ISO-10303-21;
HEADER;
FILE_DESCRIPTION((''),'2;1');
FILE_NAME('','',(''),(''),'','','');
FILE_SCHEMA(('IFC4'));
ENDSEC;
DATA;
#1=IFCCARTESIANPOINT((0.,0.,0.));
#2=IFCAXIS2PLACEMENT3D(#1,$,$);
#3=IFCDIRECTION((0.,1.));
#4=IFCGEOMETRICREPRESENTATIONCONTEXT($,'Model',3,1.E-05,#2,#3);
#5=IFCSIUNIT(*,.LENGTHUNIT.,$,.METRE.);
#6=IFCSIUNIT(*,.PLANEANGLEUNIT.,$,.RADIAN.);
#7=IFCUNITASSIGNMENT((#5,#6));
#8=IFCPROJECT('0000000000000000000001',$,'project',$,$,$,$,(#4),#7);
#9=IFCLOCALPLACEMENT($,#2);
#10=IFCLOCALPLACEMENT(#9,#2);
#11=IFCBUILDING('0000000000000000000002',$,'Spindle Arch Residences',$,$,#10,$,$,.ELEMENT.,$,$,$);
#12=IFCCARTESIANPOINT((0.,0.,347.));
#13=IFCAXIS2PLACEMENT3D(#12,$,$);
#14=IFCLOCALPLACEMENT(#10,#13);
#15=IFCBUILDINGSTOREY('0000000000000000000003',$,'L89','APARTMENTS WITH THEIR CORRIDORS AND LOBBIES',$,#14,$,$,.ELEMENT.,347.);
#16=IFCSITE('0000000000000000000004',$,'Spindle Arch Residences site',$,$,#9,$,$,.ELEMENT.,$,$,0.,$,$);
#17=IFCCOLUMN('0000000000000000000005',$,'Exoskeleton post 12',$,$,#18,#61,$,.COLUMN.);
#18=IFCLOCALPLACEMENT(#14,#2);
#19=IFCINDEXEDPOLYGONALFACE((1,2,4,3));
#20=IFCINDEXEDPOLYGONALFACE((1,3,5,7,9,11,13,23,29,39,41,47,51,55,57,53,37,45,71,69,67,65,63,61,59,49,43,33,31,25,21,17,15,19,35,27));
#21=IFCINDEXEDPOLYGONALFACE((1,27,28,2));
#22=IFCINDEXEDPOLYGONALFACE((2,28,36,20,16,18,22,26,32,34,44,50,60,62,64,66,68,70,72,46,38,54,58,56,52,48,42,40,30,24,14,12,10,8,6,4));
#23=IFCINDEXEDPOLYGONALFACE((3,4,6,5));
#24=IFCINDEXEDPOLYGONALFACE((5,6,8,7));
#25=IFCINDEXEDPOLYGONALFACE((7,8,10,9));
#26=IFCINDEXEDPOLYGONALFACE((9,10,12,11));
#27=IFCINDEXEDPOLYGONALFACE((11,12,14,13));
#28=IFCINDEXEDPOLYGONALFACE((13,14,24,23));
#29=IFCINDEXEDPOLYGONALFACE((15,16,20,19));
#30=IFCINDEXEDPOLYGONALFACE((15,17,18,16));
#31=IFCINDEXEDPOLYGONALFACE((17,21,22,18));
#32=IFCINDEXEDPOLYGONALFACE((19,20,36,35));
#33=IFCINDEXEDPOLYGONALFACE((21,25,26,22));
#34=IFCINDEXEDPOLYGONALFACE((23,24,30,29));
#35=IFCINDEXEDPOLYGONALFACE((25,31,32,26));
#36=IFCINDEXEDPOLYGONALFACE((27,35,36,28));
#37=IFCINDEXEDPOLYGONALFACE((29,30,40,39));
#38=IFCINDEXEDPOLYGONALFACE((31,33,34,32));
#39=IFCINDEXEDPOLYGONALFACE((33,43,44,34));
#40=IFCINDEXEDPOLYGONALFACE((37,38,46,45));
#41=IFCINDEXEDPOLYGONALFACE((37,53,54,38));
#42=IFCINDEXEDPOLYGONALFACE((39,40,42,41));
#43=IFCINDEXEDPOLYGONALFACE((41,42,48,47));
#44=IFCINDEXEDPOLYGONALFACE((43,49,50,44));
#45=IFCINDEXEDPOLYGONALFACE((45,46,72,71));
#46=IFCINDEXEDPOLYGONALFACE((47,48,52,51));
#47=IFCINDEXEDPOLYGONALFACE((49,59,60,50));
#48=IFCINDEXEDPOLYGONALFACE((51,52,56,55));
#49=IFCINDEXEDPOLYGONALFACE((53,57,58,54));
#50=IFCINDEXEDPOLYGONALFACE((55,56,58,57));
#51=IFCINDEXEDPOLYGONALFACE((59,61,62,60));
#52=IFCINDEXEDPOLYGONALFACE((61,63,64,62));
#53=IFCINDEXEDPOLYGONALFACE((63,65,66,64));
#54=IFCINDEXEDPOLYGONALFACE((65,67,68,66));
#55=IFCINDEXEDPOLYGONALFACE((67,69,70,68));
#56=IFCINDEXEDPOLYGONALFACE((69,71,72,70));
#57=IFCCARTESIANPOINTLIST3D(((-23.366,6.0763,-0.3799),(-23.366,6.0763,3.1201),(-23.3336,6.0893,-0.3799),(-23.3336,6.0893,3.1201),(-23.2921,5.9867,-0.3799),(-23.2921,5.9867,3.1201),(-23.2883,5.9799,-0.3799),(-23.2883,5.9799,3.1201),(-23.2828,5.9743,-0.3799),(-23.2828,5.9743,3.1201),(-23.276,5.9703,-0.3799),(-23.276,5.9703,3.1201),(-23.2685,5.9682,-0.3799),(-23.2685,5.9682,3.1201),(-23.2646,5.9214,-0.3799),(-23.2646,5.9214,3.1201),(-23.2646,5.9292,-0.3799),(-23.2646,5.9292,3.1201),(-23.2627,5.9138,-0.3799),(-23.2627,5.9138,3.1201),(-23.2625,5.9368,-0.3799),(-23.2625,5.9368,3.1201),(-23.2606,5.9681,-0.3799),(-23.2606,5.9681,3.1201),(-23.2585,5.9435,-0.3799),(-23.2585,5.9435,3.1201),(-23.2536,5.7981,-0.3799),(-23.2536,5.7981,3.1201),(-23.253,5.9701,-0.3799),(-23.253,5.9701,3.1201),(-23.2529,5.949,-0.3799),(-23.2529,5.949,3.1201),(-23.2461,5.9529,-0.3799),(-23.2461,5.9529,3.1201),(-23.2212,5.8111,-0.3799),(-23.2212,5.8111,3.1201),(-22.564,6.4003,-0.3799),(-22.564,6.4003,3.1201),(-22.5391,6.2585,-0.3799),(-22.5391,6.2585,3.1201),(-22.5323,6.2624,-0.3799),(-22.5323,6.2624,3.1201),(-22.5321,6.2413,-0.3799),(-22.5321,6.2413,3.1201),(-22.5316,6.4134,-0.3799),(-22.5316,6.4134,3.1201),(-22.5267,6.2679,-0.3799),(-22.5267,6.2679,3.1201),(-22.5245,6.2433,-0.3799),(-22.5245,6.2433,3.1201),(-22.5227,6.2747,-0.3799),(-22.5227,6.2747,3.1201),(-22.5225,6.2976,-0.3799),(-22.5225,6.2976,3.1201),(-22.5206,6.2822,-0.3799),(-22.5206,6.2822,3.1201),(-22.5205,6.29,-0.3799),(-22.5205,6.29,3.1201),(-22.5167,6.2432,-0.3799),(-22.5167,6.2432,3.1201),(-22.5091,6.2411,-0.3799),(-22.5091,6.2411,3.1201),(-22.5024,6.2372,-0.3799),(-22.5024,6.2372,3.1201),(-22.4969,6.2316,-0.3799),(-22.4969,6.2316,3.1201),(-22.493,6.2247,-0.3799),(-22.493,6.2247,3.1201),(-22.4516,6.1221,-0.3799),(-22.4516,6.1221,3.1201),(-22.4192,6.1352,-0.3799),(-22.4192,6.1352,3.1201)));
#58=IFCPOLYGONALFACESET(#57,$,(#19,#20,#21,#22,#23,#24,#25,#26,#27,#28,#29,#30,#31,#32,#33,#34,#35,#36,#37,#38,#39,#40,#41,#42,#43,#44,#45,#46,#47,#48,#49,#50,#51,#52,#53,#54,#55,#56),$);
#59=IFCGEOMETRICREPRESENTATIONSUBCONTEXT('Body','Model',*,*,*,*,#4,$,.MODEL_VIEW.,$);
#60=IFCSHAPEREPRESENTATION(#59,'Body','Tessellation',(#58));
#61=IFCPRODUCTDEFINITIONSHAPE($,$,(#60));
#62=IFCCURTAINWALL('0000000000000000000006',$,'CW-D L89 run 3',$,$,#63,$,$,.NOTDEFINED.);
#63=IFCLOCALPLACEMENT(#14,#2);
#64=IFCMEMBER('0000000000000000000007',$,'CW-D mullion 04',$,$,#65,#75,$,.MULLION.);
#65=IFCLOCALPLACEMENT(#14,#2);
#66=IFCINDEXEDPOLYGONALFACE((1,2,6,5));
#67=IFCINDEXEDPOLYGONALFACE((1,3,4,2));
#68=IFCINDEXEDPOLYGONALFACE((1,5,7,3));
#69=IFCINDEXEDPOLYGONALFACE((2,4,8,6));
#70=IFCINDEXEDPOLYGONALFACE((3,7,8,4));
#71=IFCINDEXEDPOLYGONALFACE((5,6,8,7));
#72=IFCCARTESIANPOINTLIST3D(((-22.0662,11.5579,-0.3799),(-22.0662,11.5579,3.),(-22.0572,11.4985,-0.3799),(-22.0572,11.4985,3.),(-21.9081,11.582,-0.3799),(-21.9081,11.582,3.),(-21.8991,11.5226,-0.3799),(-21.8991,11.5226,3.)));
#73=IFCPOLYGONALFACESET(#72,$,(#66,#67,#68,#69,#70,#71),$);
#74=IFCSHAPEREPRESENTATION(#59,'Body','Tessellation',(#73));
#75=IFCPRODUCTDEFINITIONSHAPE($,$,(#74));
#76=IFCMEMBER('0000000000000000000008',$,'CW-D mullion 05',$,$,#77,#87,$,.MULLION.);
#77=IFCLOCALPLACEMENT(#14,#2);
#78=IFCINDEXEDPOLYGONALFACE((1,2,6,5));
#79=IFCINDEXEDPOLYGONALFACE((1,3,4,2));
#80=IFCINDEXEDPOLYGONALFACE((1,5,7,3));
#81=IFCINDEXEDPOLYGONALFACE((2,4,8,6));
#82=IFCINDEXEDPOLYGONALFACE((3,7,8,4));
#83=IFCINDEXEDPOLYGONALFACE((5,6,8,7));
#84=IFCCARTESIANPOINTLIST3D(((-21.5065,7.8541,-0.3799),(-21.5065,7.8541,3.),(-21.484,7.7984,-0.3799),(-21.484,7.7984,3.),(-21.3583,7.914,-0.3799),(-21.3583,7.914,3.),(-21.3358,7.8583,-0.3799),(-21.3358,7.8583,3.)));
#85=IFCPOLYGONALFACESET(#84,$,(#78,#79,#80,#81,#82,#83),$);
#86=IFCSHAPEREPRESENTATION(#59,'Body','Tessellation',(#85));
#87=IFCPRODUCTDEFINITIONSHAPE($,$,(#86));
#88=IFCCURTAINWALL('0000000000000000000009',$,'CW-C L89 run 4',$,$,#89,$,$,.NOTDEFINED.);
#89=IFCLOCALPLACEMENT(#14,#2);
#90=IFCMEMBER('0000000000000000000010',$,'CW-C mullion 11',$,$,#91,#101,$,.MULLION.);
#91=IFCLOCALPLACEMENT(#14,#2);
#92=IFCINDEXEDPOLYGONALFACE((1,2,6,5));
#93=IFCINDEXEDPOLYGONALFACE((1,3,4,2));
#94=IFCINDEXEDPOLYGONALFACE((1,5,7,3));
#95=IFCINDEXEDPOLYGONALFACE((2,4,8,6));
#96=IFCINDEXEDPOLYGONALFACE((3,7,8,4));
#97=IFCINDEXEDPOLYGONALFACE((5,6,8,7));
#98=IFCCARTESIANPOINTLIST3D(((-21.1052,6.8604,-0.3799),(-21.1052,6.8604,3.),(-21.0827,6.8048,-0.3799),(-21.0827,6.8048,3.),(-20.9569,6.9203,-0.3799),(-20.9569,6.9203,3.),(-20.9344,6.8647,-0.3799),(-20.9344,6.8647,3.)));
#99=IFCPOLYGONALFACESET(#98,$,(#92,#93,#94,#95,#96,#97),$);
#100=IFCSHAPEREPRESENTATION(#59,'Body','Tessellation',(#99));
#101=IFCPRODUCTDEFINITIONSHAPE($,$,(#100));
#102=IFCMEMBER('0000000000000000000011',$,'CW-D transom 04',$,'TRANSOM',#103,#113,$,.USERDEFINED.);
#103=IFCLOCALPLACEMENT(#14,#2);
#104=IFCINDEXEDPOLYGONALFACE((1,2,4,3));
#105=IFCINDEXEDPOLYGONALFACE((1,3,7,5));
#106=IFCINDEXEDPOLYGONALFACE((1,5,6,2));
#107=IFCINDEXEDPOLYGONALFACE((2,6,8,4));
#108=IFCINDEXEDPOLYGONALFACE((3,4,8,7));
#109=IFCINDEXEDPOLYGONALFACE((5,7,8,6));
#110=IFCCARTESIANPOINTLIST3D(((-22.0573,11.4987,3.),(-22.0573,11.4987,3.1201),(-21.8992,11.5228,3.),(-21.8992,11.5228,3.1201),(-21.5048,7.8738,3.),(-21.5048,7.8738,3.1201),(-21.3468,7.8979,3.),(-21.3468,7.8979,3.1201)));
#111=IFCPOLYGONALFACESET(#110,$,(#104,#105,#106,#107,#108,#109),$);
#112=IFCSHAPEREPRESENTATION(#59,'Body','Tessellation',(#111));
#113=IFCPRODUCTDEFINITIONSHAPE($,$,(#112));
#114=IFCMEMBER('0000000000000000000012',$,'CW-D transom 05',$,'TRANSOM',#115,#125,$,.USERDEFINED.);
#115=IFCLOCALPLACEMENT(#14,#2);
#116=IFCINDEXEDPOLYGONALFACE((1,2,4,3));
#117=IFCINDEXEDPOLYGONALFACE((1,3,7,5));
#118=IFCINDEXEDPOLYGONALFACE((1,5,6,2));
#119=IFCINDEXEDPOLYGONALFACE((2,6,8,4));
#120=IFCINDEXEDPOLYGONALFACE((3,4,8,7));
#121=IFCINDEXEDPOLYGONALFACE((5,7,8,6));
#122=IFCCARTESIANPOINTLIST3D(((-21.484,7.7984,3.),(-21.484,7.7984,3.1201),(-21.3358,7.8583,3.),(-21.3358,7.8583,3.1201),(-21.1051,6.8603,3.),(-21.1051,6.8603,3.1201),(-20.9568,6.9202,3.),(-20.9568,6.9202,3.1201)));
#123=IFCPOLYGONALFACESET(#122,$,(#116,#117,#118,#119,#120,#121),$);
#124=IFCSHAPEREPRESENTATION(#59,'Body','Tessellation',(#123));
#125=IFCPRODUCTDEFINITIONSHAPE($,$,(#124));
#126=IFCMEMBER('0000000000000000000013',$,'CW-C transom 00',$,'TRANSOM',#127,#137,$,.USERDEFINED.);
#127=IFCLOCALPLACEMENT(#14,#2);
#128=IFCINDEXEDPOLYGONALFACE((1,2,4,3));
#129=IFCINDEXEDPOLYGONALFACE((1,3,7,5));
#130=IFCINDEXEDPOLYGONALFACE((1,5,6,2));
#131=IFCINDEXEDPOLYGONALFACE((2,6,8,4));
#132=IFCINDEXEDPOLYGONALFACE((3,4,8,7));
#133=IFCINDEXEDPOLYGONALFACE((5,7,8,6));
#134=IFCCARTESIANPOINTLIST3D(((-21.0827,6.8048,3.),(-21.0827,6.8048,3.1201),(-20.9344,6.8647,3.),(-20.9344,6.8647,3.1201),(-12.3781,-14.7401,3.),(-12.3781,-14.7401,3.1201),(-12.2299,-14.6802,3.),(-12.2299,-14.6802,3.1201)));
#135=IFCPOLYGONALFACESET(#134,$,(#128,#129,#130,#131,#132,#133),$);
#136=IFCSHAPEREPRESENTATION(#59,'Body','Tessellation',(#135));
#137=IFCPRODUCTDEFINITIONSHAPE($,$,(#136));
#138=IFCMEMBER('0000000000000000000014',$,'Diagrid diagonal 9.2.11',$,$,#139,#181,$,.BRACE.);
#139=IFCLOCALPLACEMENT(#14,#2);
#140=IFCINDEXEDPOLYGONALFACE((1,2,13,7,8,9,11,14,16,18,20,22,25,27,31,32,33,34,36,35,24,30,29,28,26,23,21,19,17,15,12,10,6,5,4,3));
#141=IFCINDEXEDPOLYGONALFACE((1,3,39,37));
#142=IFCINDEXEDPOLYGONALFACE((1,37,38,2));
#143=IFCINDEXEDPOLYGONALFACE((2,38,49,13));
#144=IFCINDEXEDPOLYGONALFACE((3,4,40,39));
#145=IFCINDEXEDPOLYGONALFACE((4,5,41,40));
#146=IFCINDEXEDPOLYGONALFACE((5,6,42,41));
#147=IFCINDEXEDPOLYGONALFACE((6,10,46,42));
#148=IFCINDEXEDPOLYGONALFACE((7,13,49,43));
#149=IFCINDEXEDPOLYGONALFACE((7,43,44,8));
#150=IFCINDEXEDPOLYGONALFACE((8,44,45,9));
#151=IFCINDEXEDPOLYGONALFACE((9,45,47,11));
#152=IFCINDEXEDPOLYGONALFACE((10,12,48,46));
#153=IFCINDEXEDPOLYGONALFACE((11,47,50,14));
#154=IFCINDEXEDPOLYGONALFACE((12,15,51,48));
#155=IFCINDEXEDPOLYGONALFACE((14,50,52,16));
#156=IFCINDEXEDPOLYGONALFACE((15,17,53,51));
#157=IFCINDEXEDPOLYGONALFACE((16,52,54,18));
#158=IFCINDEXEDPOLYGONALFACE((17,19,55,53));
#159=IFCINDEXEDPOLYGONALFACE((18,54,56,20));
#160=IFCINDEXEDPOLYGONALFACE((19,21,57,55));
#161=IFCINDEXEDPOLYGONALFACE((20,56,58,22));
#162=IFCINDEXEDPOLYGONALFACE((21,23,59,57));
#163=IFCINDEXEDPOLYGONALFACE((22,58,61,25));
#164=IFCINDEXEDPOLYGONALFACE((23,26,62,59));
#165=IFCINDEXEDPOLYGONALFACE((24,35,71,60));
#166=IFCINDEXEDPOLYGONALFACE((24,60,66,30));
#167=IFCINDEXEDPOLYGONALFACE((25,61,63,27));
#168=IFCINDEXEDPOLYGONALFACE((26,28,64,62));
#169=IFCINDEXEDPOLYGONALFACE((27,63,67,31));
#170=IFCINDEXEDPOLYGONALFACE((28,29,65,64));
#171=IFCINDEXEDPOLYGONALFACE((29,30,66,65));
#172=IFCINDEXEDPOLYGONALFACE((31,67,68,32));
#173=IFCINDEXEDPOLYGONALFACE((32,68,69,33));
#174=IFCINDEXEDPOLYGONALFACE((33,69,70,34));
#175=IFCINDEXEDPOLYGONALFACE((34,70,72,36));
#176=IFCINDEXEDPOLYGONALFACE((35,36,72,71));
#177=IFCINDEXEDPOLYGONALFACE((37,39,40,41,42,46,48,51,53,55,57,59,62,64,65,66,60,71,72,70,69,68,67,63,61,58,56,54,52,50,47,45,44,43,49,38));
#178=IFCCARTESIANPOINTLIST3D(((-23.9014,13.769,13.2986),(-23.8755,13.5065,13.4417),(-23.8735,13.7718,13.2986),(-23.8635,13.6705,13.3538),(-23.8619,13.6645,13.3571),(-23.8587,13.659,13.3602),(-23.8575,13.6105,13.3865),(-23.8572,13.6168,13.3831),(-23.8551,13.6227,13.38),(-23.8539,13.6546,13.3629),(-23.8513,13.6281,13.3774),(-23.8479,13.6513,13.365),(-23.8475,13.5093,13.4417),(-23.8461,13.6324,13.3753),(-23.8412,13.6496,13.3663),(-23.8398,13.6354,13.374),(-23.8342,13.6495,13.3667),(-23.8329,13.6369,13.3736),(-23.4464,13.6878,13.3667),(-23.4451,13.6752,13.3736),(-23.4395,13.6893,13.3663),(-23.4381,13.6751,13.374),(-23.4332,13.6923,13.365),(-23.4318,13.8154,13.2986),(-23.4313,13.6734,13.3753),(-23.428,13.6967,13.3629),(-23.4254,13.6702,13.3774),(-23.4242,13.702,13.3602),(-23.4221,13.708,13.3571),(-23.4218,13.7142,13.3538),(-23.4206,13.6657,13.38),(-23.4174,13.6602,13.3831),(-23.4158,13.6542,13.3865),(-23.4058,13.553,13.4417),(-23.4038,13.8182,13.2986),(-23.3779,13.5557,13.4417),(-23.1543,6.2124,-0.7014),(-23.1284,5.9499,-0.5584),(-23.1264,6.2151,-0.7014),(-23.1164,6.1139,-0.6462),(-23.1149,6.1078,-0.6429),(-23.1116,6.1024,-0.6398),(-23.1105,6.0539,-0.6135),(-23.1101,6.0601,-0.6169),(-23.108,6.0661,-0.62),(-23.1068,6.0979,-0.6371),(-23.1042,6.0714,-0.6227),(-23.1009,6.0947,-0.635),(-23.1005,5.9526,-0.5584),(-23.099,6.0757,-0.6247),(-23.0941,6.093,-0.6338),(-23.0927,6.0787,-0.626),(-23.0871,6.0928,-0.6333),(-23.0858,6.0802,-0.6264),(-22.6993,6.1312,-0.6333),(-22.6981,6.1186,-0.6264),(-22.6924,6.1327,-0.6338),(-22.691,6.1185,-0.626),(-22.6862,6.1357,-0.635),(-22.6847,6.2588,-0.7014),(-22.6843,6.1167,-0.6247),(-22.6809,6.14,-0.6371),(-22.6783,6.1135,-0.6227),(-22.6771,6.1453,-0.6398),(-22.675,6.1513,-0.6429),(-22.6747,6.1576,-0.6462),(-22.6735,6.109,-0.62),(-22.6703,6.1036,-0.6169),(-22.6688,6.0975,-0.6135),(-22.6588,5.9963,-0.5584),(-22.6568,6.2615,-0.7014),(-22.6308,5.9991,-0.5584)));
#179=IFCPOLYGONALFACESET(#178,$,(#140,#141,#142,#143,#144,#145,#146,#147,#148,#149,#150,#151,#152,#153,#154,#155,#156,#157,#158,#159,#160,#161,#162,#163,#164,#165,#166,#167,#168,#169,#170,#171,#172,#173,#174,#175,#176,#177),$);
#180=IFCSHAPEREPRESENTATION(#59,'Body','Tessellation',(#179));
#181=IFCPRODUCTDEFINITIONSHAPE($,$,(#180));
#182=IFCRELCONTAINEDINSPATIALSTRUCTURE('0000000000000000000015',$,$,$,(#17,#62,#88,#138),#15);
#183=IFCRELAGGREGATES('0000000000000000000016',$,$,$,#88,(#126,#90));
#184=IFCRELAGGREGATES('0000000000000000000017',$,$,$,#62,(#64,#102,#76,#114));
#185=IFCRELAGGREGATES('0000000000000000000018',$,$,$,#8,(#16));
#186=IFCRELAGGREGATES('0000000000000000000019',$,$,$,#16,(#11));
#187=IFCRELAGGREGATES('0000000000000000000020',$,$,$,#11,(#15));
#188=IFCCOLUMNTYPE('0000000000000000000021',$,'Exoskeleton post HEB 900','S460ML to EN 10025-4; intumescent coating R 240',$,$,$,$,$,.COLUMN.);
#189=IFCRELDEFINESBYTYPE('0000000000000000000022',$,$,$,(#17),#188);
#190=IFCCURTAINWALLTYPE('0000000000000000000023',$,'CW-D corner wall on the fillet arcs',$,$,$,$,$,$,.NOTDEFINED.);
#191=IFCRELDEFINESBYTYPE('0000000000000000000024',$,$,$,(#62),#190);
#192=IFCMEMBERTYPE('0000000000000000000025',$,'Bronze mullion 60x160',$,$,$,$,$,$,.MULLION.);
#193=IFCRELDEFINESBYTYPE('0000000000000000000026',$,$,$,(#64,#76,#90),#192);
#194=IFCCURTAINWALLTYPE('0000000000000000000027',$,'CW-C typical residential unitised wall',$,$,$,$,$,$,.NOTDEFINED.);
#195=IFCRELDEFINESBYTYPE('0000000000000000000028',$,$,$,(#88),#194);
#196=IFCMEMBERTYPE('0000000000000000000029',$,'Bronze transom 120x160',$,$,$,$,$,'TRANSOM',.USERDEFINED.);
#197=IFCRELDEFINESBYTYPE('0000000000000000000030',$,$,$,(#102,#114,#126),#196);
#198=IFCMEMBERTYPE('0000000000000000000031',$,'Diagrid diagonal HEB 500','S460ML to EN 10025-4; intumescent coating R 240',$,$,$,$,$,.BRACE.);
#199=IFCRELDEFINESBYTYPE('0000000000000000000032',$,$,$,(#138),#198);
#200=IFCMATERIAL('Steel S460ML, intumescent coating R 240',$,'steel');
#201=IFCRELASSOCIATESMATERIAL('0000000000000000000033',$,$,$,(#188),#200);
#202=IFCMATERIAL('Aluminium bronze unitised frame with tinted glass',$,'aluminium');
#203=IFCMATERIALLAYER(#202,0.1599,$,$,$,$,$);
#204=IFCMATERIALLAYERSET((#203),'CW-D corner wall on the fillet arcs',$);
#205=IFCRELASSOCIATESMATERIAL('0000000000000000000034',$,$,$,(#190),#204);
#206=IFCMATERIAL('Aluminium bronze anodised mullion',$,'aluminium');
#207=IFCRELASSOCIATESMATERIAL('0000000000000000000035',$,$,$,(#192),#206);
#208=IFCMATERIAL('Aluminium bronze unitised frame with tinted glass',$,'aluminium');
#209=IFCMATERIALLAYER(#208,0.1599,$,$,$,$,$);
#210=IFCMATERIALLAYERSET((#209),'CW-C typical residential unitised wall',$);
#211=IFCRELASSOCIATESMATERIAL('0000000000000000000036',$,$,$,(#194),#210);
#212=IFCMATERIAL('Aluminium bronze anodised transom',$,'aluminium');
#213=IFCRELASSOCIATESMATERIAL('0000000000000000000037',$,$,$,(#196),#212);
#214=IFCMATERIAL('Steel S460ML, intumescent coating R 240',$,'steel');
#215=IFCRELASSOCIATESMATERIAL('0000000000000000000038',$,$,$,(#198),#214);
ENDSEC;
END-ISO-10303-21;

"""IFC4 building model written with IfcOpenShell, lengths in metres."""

from ifc_helpers import new_model, si_unit, direction, frame, origin, origin_2d, place, context, subcontext, project, spatial, rectangle, i_section, extrude, material, layer, layer_set, material_profile, profile_set, type_object, element, aggregate, save


model = new_model("IFC4")

# Units and contexts
model_context = context("Model", 3, precision=1e-05, world=origin(), true_north=direction((0.0, 1.0)))
body_context = subcontext(model_context, "Body", "Model", "MODEL_VIEW")
ifc_project = project(units=[si_unit("LENGTHUNIT", "METRE"), si_unit("PLANEANGLEUNIT", "RADIAN")], contexts=[model_context])

# Site, building, storey
site_placement = place(None, origin())
site = spatial("IfcSite", under=ifc_project, at=site_placement, Name="Spindle Arch Residences site", CompositionType="ELEMENT", RefElevation=0.0)
building_placement = place(site_placement, origin())
building = spatial("IfcBuilding", under=site, at=building_placement, Name="Spindle Arch Residences", CompositionType="ELEMENT")
storey_placement = place(building_placement, frame((0.0, 0.0, 347.0)))
storey = spatial("IfcBuildingStorey", under=building, at=storey_placement, Name="L89", Description="APARTMENTS WITH THEIR CORRIDORS AND LOBBIES", CompositionType="ELEMENT", Elevation=347.0)

# Column
ifc_material_1 = material(Name="Steel S460ML, intumescent coating R 240", Category="steel")
ifc_material_profile_1 = material_profile(ifc_material_1, i_section(OverallWidth=0.3, OverallDepth=0.8999, WebThickness=0.0186, FlangeThickness=0.0349, FilletRadius=0.03, at=origin_2d()), Name="HEB 900")
ifc_profile_set_1 = profile_set([ifc_material_profile_1], Name="Steel S460ML, intumescent coating R 240")
column_type = type_object("IfcColumnType", Name="Exoskeleton post HEB 900", Description="S460ML to EN 10025-4; intumescent coating R 240", PredefinedType="COLUMN", material=ifc_profile_set_1)
column_placement = place(storey_placement, frame((-22.8926, 6.1057, -0.3799), z_axis=(0.0, 0.0, 1.0), x_axis=(-0.374607, 0.927184, 0.0)))
element("IfcColumn", 1, at=column_placement, inside=storey, type_object=column_type, Name="Exoskeleton post 12", PredefinedType="COLUMN", context=body_context, shape_type="SweptSolid", body=[
    extrude(i_section(OverallWidth=0.3, OverallDepth=0.8999, WebThickness=0.0186, FlangeThickness=0.0349, FilletRadius=0.03, at=origin_2d()), origin(), (0.0, 0.0, 1.0), 3.5),
])

# Curtain wall, members
ifc_material_2 = material(Name="Aluminium bronze unitised frame with tinted glass", Category="aluminium")
ifc_layer_1 = layer(ifc_material_2, 0.1599)
ifc_layer_set_1 = layer_set([ifc_layer_1], Name="CW-D corner wall on the fillet arcs")
curtain_wall_type_1 = type_object("IfcCurtainWallType", Name="CW-D corner wall on the fillet arcs", PredefinedType="NOTDEFINED", material=ifc_layer_set_1)
curtain_wall_1_placement = place(storey_placement, origin())
curtain_wall_1 = element("IfcCurtainWall", 2, at=curtain_wall_1_placement, inside=storey, type_object=curtain_wall_type_1, Name="CW-D L89 run 3", PredefinedType="NOTDEFINED")
ifc_material_3 = material(Name="Aluminium bronze anodised mullion", Category="aluminium")
ifc_material_profile_2 = material_profile(ifc_material_3, rectangle(XDim=0.1599, YDim=0.0601, at=origin_2d()), Name="MU 60x160")
ifc_profile_set_2 = profile_set([ifc_material_profile_2], Name="Aluminium bronze anodised mullion")
member_type_1 = type_object("IfcMemberType", Name="Bronze mullion 60x160", PredefinedType="MULLION", material=ifc_profile_set_2)
member_1_placement = place(storey_placement, frame((-21.9827, 11.5403, -0.3799), z_axis=(0.0, 0.0, 1.0), x_axis=(0.988582, 0.150686, 0.0)))
member_1 = element("IfcMember", 3, at=member_1_placement, type_object=member_type_1, Name="CW-D mullion 04", PredefinedType="MULLION", context=body_context, shape_type="SweptSolid", body=[
    extrude(rectangle(XDim=0.1599, YDim=0.0601, at=origin_2d()), origin(), (0.0, 0.0, 1.0), 3.3799),
])
member_2_placement = place(storey_placement, frame((-21.4211, 7.8562, -0.3799), z_axis=(0.0, 0.0, 1.0), x_axis=(0.927184, 0.374607, 0.0)))
member_2 = element("IfcMember", 4, at=member_2_placement, type_object=member_type_1, Name="CW-D mullion 05", PredefinedType="MULLION", context=body_context, shape_type="SweptSolid", body=[
    extrude(rectangle(XDim=0.1599, YDim=0.0601, at=origin_2d()), origin(), (0.0, 0.0, 1.0), 3.3799),
])

# Curtain wall, member
ifc_material_4 = material(Name="Aluminium bronze unitised frame with tinted glass", Category="aluminium")
ifc_layer_2 = layer(ifc_material_4, 0.1599)
ifc_layer_set_2 = layer_set([ifc_layer_2], Name="CW-C typical residential unitised wall")
curtain_wall_type_2 = type_object("IfcCurtainWallType", Name="CW-C typical residential unitised wall", PredefinedType="NOTDEFINED", material=ifc_layer_set_2)
curtain_wall_2_placement = place(storey_placement, origin())
curtain_wall_2 = element("IfcCurtainWall", 5, at=curtain_wall_2_placement, inside=storey, type_object=curtain_wall_type_2, Name="CW-C L89 run 4", PredefinedType="NOTDEFINED")
member_3_placement = place(storey_placement, frame((-21.0198, 6.8625, -0.3799), z_axis=(0.0, 0.0, 1.0), x_axis=(0.927184, 0.374607, 0.0)))
member_3 = element("IfcMember", 6, at=member_3_placement, type_object=member_type_1, Name="CW-C mullion 11", PredefinedType="MULLION", context=body_context, shape_type="SweptSolid", body=[
    extrude(rectangle(XDim=0.1599, YDim=0.0601, at=origin_2d()), origin(), (0.0, 0.0, 1.0), 3.3799),
])

# Members
ifc_material_5 = material(Name="Aluminium bronze anodised transom", Category="aluminium")
ifc_material_profile_3 = material_profile(ifc_material_5, rectangle(XDim=0.1599, YDim=0.1201, at=origin_2d()), Name="TR 120x160")
ifc_profile_set_3 = profile_set([ifc_material_profile_3], Name="Aluminium bronze anodised transom")
member_type_2 = type_object("IfcMemberType", Name="Bronze transom 120x160", ElementType="TRANSOM", PredefinedType="USERDEFINED", material=ifc_profile_set_3)
member_4_placement = place(storey_placement, frame((-21.9783, 11.5107, 3.0601), z_axis=(0.150671, -0.988584, 0.0), x_axis=(0.988584, 0.150671, 0.0)))
member_4 = element("IfcMember", 7, at=member_4_placement, type_object=member_type_2, Name="CW-D transom 04", ObjectType="TRANSOM", PredefinedType="USERDEFINED", context=body_context, shape_type="SweptSolid", body=[
    extrude(rectangle(XDim=0.1599, YDim=0.1201, at=origin_2d()), origin(), (0.0, 0.0, 1.0), 3.6667),
])
member_5_placement = place(storey_placement, frame((-21.4099, 7.8284, 3.0601), z_axis=(0.374551, -0.927206, 0.0), x_axis=(0.927206, 0.374551, 0.0)))
member_5 = element("IfcMember", 8, at=member_5_placement, type_object=member_type_2, Name="CW-D transom 05", ObjectType="TRANSOM", PredefinedType="USERDEFINED", context=body_context, shape_type="SweptSolid", body=[
    extrude(rectangle(XDim=0.1599, YDim=0.1201, at=origin_2d()), origin(), (0.0, 0.0, 1.0), 1.0117),
])
member_6_placement = place(storey_placement, frame((-21.0085, 6.8347, 3.0601), z_axis=(0.374602, -0.927186, 0.0), x_axis=(0.927186, 0.374602, 0.0)))
member_6 = element("IfcMember", 9, at=member_6_placement, type_object=member_type_2, Name="CW-C transom 00", ObjectType="TRANSOM", PredefinedType="USERDEFINED", context=body_context, shape_type="SweptSolid", body=[
    extrude(rectangle(XDim=0.1599, YDim=0.1201, at=origin_2d()), origin(), (0.0, 0.0, 1.0), 23.2368),
])
aggregate(curtain_wall_2, [member_6, member_3])

# Member
ifc_material_6 = material(Name="Steel S460ML, intumescent coating R 240", Category="steel")
ifc_material_profile_4 = material_profile(ifc_material_6, i_section(OverallWidth=0.3, OverallDepth=0.5, WebThickness=0.0144, FlangeThickness=0.0281, FilletRadius=0.0271, at=origin_2d()), Name="HEB 500")
ifc_profile_set_4 = profile_set([ifc_material_profile_4], Name="Steel S460ML, intumescent coating R 240")
member_type_3 = type_object("IfcMemberType", Name="Diagrid diagonal HEB 500", Description="S460ML to EN 10025-4; intumescent coating R 240", PredefinedType="BRACE", material=ifc_profile_set_4)
member_7_placement = place(storey_placement, frame((-22.8926, 6.1057, -0.6299), z_axis=(-0.046907, 0.474463, 0.879025), x_axis=(0.086481, -0.874761, 0.476776)))
element("IfcMember", 10, at=member_7_placement, inside=storey, type_object=member_type_3, Name="Diagrid diagonal 9.2.11", PredefinedType="BRACE", context=body_context, shape_type="SweptSolid", body=[
    extrude(i_section(OverallWidth=0.3, OverallDepth=0.5, WebThickness=0.0144, FlangeThickness=0.0281, FilletRadius=0.0271, at=origin_2d()), origin(), (0.0, 0.0, 1.0), 15.9268),
])

aggregate(curtain_wall_1, [member_1, member_4, member_2, member_5])

save(model, "model.ifc")
